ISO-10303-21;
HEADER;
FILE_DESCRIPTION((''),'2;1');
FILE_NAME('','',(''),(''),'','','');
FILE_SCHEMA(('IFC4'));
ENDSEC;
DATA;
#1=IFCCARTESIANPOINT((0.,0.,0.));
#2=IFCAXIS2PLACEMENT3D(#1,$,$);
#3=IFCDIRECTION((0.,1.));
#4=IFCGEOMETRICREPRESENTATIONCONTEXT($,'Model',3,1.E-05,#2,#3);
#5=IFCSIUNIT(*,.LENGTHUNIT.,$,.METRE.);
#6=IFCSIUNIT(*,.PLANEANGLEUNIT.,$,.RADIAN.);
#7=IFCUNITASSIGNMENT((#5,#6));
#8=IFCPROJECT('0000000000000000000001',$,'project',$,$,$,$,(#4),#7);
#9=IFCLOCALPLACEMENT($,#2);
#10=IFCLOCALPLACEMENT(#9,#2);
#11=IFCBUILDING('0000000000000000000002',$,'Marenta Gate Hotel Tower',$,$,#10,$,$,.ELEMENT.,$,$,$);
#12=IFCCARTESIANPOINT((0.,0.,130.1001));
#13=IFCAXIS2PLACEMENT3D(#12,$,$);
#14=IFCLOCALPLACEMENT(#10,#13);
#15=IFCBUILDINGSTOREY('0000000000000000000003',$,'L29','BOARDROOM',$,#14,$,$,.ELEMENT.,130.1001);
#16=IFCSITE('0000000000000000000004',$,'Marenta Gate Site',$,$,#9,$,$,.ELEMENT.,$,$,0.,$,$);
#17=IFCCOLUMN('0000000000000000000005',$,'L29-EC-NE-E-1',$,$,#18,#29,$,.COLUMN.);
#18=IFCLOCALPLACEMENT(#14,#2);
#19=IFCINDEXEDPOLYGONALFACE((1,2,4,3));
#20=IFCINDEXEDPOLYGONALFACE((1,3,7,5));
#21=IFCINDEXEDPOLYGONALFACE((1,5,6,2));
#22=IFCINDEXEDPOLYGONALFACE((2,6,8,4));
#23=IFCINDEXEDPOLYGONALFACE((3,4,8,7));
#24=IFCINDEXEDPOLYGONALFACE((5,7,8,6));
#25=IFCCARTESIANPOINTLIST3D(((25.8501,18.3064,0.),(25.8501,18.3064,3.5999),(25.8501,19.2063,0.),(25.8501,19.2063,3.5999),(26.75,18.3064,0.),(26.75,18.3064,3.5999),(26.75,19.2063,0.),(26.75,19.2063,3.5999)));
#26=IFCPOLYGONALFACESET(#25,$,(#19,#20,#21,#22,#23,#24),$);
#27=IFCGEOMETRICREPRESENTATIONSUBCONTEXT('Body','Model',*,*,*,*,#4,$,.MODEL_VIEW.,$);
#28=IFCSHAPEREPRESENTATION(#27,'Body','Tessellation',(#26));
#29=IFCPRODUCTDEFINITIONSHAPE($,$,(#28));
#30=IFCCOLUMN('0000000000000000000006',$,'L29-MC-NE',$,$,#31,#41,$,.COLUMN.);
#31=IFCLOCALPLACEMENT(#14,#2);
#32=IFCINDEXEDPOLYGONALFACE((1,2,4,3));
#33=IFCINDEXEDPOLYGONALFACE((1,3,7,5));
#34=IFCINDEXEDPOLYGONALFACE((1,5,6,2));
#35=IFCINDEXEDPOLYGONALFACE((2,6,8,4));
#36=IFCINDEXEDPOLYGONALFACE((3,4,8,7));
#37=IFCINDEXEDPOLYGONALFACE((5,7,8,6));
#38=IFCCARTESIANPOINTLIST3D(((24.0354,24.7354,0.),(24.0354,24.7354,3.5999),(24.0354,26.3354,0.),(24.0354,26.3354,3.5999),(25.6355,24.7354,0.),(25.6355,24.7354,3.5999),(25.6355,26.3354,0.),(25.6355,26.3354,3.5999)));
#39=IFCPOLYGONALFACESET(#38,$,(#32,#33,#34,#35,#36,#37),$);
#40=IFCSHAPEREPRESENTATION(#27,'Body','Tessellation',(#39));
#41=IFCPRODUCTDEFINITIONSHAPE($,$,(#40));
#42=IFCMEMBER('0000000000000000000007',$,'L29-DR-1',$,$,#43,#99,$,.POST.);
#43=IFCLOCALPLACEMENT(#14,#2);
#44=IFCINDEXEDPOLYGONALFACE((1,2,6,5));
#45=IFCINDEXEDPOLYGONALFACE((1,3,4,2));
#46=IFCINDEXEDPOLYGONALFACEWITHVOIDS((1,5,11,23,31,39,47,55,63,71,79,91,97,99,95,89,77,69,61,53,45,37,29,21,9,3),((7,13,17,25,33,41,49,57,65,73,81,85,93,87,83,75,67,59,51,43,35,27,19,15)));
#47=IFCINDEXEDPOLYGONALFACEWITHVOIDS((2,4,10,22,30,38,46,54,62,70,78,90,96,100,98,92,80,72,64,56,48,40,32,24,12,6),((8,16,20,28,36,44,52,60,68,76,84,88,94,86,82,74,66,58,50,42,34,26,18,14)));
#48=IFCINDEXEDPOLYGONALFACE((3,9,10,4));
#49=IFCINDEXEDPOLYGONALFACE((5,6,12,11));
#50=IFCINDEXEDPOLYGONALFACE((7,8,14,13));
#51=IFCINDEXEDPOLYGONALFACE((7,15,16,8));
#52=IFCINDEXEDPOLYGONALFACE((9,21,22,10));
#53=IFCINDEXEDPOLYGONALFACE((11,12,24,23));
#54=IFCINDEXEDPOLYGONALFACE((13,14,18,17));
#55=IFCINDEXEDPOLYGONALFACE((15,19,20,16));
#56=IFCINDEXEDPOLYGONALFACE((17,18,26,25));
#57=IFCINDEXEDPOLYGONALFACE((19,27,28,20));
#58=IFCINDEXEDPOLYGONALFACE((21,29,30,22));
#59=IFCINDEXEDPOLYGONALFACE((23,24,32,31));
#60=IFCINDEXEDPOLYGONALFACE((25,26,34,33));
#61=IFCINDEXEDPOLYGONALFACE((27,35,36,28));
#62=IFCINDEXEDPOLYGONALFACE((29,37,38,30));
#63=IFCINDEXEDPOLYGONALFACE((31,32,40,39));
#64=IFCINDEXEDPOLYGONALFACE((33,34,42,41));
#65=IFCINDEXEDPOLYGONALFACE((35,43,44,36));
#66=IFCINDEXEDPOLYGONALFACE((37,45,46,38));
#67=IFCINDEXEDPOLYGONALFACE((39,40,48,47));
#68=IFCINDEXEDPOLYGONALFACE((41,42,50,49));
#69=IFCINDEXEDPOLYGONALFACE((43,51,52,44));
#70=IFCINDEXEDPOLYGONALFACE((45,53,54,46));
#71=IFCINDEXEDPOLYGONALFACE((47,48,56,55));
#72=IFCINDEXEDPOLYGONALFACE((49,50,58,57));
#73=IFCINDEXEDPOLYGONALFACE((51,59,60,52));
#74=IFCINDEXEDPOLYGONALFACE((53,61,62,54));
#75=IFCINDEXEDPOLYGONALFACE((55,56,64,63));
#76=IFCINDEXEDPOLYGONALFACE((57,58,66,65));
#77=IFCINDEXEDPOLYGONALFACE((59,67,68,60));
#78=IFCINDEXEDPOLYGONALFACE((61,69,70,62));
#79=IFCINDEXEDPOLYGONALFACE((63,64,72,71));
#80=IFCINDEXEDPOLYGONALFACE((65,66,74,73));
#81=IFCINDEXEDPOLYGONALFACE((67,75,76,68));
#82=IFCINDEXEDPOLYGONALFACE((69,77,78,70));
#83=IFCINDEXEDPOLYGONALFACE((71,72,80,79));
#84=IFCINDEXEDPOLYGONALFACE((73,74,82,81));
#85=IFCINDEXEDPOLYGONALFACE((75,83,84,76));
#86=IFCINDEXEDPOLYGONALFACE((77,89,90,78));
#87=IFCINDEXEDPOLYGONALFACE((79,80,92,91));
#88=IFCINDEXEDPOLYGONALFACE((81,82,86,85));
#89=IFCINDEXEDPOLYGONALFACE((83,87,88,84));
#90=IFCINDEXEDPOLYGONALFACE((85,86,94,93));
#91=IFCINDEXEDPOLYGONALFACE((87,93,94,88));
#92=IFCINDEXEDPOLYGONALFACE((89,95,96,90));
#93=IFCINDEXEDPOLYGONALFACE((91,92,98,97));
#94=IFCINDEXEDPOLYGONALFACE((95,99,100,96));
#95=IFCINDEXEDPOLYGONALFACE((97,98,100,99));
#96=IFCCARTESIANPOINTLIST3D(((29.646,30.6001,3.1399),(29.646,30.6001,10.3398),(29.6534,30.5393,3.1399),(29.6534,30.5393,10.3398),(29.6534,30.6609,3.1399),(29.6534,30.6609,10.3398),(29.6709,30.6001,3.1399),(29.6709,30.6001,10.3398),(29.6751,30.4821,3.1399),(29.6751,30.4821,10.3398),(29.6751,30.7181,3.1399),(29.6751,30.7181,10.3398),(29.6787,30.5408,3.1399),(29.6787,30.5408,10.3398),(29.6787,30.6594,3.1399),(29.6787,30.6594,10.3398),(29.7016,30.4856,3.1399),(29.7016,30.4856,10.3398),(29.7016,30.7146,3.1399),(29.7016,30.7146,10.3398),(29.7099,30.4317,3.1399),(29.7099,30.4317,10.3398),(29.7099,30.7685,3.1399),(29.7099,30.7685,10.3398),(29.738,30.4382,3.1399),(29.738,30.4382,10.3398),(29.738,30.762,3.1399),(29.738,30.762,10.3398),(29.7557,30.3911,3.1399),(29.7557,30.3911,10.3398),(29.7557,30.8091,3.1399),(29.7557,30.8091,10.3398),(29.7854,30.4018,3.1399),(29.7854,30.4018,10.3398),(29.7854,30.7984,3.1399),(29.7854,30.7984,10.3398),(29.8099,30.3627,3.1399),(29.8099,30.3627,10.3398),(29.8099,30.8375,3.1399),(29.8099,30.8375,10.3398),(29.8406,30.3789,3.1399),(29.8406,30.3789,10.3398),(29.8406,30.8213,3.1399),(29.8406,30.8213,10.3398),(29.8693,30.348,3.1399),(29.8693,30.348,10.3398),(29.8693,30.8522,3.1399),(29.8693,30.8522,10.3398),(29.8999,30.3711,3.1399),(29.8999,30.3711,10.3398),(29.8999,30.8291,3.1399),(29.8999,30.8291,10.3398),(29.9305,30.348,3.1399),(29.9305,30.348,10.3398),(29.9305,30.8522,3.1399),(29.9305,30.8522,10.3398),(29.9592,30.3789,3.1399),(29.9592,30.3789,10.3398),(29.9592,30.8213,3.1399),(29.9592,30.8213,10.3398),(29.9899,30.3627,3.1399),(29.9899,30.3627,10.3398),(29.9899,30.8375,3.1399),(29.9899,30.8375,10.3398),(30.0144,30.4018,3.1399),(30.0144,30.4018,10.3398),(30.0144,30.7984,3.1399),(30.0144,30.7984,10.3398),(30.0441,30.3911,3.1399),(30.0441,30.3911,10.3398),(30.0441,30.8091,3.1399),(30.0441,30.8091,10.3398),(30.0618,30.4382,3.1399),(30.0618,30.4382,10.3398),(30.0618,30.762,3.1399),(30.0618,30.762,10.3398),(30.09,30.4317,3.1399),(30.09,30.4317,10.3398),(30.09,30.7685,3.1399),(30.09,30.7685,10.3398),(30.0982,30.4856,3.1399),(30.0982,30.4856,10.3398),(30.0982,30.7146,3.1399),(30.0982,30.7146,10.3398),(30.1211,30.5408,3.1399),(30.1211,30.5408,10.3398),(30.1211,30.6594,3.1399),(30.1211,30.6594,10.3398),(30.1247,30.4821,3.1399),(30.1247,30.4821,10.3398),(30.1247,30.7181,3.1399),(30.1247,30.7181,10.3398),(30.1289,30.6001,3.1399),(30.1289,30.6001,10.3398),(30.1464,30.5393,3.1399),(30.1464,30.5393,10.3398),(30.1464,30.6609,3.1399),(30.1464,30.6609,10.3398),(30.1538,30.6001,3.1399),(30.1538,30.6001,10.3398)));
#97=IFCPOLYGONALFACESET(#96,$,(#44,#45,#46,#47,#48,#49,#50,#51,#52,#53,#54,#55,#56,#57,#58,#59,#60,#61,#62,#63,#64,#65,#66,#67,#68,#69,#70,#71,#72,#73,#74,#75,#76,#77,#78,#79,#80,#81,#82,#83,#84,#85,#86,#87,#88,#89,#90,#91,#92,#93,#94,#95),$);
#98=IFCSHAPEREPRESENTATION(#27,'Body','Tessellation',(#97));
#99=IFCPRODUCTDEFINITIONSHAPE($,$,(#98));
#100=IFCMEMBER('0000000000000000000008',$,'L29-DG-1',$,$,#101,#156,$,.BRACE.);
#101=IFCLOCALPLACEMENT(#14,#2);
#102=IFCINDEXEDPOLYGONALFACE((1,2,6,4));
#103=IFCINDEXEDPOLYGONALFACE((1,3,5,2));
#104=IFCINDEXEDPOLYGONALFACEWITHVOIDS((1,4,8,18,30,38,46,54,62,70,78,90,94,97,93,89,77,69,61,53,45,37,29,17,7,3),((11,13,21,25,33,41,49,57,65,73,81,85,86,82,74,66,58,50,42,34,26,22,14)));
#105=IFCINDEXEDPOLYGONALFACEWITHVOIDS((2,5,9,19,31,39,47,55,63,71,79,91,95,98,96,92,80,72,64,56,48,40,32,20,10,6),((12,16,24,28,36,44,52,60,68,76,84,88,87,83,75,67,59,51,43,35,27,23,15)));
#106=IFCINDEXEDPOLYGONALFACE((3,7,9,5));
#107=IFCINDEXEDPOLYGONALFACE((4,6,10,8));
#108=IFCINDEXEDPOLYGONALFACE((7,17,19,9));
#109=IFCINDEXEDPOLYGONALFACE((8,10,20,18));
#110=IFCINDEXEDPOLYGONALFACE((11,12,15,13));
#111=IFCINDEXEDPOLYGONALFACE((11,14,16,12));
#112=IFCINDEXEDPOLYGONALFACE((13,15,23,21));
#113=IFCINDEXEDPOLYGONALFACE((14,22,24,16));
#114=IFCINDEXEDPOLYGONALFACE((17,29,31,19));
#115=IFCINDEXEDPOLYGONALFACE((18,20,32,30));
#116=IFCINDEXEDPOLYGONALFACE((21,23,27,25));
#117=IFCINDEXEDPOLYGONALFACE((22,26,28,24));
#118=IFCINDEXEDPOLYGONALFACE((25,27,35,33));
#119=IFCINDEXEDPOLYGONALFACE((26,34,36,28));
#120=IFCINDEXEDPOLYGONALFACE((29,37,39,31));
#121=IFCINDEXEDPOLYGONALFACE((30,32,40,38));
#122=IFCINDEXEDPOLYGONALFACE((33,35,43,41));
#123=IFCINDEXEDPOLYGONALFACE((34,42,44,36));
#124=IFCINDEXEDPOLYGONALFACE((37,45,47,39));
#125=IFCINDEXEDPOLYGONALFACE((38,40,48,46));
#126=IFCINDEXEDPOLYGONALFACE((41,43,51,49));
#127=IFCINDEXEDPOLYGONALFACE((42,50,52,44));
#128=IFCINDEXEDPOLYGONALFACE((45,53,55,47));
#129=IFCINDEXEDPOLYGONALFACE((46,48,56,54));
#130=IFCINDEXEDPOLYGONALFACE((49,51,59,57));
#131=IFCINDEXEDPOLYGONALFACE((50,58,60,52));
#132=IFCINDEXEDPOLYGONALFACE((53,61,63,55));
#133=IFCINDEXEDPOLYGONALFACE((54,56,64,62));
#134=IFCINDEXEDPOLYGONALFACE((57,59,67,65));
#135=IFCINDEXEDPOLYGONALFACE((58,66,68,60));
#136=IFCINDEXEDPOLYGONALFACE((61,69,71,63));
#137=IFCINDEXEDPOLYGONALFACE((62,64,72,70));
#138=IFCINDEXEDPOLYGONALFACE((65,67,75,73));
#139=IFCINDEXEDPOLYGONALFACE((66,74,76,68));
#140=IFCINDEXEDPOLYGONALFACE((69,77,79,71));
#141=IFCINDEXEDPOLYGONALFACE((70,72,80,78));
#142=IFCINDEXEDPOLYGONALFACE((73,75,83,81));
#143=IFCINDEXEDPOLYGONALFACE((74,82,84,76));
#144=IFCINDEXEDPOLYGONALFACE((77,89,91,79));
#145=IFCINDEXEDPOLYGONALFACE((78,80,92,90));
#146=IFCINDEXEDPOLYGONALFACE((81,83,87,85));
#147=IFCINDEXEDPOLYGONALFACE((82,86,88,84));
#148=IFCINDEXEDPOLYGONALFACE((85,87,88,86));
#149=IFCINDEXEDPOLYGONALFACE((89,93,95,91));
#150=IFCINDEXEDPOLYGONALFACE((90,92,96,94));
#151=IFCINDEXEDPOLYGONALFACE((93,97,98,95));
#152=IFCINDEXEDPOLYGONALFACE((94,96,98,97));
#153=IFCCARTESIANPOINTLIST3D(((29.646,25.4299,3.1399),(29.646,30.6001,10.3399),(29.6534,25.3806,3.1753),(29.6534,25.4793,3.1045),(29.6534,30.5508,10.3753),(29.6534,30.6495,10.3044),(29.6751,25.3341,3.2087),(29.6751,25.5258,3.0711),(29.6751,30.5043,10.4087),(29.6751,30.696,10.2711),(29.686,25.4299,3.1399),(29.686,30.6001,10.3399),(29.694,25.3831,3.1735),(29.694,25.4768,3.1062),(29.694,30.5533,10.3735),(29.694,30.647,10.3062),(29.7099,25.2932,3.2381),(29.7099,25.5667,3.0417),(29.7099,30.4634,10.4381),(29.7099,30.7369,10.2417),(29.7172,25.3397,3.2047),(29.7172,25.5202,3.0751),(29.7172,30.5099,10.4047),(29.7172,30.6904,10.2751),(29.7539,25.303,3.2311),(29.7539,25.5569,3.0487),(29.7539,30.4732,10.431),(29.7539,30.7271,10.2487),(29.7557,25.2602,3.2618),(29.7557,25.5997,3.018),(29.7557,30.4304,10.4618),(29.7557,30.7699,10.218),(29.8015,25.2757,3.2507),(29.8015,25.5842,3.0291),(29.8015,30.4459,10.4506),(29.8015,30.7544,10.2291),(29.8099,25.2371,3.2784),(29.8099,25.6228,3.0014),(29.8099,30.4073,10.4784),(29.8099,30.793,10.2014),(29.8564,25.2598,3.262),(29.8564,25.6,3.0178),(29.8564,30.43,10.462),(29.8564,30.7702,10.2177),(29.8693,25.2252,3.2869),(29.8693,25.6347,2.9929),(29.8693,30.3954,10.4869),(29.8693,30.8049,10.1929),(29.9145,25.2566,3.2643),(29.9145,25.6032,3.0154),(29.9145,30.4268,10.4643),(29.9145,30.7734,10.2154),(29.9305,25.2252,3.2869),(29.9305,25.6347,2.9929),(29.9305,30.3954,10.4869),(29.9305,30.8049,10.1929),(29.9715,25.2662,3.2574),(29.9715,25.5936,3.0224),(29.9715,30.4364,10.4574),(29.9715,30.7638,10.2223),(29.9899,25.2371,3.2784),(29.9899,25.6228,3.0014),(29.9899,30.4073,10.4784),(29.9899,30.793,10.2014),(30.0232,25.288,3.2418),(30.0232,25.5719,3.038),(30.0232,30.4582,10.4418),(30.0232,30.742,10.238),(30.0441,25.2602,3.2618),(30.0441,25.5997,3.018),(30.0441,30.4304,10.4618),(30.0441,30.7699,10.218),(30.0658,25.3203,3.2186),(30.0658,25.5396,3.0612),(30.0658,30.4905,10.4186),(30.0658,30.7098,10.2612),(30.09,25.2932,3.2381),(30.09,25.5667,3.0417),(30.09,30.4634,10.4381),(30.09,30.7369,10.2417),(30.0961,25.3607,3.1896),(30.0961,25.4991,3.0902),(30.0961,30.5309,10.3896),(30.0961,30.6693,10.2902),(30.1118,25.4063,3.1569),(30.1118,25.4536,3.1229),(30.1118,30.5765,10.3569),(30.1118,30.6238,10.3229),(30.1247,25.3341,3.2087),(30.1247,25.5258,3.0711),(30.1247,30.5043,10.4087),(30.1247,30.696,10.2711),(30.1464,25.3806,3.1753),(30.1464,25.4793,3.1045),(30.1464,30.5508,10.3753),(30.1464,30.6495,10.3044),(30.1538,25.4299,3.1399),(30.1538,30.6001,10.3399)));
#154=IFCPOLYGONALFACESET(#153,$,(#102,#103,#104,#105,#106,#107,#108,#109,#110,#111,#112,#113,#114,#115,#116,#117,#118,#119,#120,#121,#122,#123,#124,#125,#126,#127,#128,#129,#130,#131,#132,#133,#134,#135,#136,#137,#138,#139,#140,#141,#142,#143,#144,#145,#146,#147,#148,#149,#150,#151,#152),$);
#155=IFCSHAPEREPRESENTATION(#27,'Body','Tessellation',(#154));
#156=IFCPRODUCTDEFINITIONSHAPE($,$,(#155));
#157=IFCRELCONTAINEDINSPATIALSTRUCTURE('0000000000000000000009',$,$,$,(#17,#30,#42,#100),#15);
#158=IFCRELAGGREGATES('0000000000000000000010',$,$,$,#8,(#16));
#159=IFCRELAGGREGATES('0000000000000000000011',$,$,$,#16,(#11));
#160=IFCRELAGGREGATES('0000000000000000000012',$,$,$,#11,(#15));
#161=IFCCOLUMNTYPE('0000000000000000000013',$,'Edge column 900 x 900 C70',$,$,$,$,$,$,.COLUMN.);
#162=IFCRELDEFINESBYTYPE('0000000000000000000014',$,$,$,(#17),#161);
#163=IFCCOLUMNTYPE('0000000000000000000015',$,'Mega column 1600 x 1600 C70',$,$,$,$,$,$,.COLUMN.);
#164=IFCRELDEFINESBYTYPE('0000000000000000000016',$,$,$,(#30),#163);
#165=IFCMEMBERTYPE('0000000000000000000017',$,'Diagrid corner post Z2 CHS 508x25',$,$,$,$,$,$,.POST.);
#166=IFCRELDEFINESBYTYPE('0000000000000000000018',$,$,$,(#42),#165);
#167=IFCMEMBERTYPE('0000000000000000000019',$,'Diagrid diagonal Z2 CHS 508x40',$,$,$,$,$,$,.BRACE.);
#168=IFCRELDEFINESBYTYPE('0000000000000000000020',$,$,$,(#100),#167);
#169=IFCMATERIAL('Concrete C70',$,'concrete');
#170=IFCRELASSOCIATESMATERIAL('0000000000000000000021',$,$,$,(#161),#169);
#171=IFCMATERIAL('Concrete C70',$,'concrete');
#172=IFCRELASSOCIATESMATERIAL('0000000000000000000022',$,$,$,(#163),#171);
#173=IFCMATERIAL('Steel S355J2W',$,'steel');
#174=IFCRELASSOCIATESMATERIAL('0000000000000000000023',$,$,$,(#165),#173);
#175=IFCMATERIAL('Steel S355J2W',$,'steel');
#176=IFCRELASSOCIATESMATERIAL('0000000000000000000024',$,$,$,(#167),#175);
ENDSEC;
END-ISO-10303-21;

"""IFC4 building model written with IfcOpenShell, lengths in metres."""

from ifc_helpers import new_model, si_unit, direction, frame, origin, origin_2d, place, context, subcontext, project, spatial, rectangle, hollow_circle, extrude, material, material_profile, profile_set, type_object, element, save


model = new_model("IFC4")

# Units and contexts
model_context = context("Model", 3, precision=1e-05, world=origin(), true_north=direction((0.0, 1.0)))
body_context = subcontext(model_context, "Body", "Model", "MODEL_VIEW")
ifc_project = project(units=[si_unit("LENGTHUNIT", "METRE"), si_unit("PLANEANGLEUNIT", "RADIAN")], contexts=[model_context])

# Site, building, storey
site_placement = place(None, origin())
site = spatial("IfcSite", under=ifc_project, at=site_placement, Name="Marenta Gate Site", CompositionType="ELEMENT", RefElevation=0.0)
building_placement = place(site_placement, origin())
building = spatial("IfcBuilding", under=site, at=building_placement, Name="Marenta Gate Hotel Tower", CompositionType="ELEMENT")
storey_placement = place(building_placement, frame((0.0, 0.0, 130.1001)))
storey = spatial("IfcBuildingStorey", under=building, at=storey_placement, Name="L29", Description="BOARDROOM", CompositionType="ELEMENT", Elevation=130.1001)

# Columns
ifc_material_1 = material(Name="Concrete C70", Category="concrete")
ifc_material_profile_1 = material_profile(ifc_material_1, rectangle(XDim=0.8999, YDim=0.8999, at=origin_2d()), Name="900 x 900")
ifc_profile_set_1 = profile_set([ifc_material_profile_1], Name="Concrete C70")
column_type_1 = type_object("IfcColumnType", Name="Edge column 900 x 900 C70", PredefinedType="COLUMN", material=ifc_profile_set_1)
column_1_placement = place(storey_placement, frame((26.3, 18.7563, 0.0), z_axis=(0.0, 0.0, 1.0), x_axis=(1.0, 0.0, 0.0)))
element("IfcColumn", 1, at=column_1_placement, inside=storey, type_object=column_type_1, Name="L29-EC-NE-E-1", PredefinedType="COLUMN", context=body_context, shape_type="SweptSolid", body=[
    extrude(rectangle(XDim=0.8999, YDim=0.8999, at=origin_2d()), origin(), (0.0, 0.0, 1.0), 3.5999),
])
ifc_material_2 = material(Name="Concrete C70", Category="concrete")
ifc_material_profile_2 = material_profile(ifc_material_2, rectangle(XDim=1.6001, YDim=1.6001, at=origin_2d()), Name="1600 x 1600")
ifc_profile_set_2 = profile_set([ifc_material_profile_2], Name="Concrete C70")
column_type_2 = type_object("IfcColumnType", Name="Mega column 1600 x 1600 C70", PredefinedType="COLUMN", material=ifc_profile_set_2)
column_2_placement = place(storey_placement, frame((24.8354, 25.5354, 0.0), z_axis=(0.0, 0.0, 1.0), x_axis=(1.0, 0.0, 0.0)))
element("IfcColumn", 2, at=column_2_placement, inside=storey, type_object=column_type_2, Name="L29-MC-NE", PredefinedType="COLUMN", context=body_context, shape_type="SweptSolid", body=[
    extrude(rectangle(XDim=1.6001, YDim=1.6001, at=origin_2d()), origin(), (0.0, 0.0, 1.0), 3.5999),
])

# Members
ifc_material_3 = material(Name="Steel S355J2W", Category="steel")
ifc_material_profile_3 = material_profile(ifc_material_3, hollow_circle(Radius=0.2539, WallThickness=0.0249, at=origin_2d()), Name="CHS 508x25")
ifc_profile_set_3 = profile_set([ifc_material_profile_3], Name="Steel S355J2W")
member_type_1 = type_object("IfcMemberType", Name="Diagrid corner post Z2 CHS 508x25", PredefinedType="POST", material=ifc_profile_set_3)
member_1_placement = place(storey_placement, frame((29.8999, 30.6001, 3.1399), z_axis=(0.0, 0.0, 1.0), x_axis=(1.0, 0.0, 0.0)))
element("IfcMember", 3, at=member_1_placement, inside=storey, type_object=member_type_1, Name="L29-DR-1", PredefinedType="POST", context=body_context, shape_type="SweptSolid", body=[
    extrude(hollow_circle(Radius=0.2539, WallThickness=0.0249, at=origin_2d()), origin(), (0.0, 0.0, 1.0), 7.2),
])
ifc_material_4 = material(Name="Steel S355J2W", Category="steel")
ifc_material_profile_4 = material_profile(ifc_material_4, hollow_circle(Radius=0.2539, WallThickness=0.04, at=origin_2d()), Name="CHS 508x40")
ifc_profile_set_4 = profile_set([ifc_material_profile_4], Name="Steel S355J2W")
member_type_2 = type_object("IfcMemberType", Name="Diagrid diagonal Z2 CHS 508x40", PredefinedType="BRACE", material=ifc_profile_set_4)
member_2_placement = place(storey_placement, frame((29.8999, 25.4299, 3.1399), z_axis=(0.0, 0.583279, 0.812272), x_axis=(-1.0, 0.0, 0.0)))
element("IfcMember", 4, at=member_2_placement, inside=storey, type_object=member_type_2, Name="L29-DG-1", PredefinedType="BRACE", context=body_context, shape_type="SweptSolid", body=[
    extrude(hollow_circle(Radius=0.2539, WallThickness=0.04, at=origin_2d()), origin(), (0.0, 0.0, 1.0), 8.864),
])

save(model, "model.ifc")
